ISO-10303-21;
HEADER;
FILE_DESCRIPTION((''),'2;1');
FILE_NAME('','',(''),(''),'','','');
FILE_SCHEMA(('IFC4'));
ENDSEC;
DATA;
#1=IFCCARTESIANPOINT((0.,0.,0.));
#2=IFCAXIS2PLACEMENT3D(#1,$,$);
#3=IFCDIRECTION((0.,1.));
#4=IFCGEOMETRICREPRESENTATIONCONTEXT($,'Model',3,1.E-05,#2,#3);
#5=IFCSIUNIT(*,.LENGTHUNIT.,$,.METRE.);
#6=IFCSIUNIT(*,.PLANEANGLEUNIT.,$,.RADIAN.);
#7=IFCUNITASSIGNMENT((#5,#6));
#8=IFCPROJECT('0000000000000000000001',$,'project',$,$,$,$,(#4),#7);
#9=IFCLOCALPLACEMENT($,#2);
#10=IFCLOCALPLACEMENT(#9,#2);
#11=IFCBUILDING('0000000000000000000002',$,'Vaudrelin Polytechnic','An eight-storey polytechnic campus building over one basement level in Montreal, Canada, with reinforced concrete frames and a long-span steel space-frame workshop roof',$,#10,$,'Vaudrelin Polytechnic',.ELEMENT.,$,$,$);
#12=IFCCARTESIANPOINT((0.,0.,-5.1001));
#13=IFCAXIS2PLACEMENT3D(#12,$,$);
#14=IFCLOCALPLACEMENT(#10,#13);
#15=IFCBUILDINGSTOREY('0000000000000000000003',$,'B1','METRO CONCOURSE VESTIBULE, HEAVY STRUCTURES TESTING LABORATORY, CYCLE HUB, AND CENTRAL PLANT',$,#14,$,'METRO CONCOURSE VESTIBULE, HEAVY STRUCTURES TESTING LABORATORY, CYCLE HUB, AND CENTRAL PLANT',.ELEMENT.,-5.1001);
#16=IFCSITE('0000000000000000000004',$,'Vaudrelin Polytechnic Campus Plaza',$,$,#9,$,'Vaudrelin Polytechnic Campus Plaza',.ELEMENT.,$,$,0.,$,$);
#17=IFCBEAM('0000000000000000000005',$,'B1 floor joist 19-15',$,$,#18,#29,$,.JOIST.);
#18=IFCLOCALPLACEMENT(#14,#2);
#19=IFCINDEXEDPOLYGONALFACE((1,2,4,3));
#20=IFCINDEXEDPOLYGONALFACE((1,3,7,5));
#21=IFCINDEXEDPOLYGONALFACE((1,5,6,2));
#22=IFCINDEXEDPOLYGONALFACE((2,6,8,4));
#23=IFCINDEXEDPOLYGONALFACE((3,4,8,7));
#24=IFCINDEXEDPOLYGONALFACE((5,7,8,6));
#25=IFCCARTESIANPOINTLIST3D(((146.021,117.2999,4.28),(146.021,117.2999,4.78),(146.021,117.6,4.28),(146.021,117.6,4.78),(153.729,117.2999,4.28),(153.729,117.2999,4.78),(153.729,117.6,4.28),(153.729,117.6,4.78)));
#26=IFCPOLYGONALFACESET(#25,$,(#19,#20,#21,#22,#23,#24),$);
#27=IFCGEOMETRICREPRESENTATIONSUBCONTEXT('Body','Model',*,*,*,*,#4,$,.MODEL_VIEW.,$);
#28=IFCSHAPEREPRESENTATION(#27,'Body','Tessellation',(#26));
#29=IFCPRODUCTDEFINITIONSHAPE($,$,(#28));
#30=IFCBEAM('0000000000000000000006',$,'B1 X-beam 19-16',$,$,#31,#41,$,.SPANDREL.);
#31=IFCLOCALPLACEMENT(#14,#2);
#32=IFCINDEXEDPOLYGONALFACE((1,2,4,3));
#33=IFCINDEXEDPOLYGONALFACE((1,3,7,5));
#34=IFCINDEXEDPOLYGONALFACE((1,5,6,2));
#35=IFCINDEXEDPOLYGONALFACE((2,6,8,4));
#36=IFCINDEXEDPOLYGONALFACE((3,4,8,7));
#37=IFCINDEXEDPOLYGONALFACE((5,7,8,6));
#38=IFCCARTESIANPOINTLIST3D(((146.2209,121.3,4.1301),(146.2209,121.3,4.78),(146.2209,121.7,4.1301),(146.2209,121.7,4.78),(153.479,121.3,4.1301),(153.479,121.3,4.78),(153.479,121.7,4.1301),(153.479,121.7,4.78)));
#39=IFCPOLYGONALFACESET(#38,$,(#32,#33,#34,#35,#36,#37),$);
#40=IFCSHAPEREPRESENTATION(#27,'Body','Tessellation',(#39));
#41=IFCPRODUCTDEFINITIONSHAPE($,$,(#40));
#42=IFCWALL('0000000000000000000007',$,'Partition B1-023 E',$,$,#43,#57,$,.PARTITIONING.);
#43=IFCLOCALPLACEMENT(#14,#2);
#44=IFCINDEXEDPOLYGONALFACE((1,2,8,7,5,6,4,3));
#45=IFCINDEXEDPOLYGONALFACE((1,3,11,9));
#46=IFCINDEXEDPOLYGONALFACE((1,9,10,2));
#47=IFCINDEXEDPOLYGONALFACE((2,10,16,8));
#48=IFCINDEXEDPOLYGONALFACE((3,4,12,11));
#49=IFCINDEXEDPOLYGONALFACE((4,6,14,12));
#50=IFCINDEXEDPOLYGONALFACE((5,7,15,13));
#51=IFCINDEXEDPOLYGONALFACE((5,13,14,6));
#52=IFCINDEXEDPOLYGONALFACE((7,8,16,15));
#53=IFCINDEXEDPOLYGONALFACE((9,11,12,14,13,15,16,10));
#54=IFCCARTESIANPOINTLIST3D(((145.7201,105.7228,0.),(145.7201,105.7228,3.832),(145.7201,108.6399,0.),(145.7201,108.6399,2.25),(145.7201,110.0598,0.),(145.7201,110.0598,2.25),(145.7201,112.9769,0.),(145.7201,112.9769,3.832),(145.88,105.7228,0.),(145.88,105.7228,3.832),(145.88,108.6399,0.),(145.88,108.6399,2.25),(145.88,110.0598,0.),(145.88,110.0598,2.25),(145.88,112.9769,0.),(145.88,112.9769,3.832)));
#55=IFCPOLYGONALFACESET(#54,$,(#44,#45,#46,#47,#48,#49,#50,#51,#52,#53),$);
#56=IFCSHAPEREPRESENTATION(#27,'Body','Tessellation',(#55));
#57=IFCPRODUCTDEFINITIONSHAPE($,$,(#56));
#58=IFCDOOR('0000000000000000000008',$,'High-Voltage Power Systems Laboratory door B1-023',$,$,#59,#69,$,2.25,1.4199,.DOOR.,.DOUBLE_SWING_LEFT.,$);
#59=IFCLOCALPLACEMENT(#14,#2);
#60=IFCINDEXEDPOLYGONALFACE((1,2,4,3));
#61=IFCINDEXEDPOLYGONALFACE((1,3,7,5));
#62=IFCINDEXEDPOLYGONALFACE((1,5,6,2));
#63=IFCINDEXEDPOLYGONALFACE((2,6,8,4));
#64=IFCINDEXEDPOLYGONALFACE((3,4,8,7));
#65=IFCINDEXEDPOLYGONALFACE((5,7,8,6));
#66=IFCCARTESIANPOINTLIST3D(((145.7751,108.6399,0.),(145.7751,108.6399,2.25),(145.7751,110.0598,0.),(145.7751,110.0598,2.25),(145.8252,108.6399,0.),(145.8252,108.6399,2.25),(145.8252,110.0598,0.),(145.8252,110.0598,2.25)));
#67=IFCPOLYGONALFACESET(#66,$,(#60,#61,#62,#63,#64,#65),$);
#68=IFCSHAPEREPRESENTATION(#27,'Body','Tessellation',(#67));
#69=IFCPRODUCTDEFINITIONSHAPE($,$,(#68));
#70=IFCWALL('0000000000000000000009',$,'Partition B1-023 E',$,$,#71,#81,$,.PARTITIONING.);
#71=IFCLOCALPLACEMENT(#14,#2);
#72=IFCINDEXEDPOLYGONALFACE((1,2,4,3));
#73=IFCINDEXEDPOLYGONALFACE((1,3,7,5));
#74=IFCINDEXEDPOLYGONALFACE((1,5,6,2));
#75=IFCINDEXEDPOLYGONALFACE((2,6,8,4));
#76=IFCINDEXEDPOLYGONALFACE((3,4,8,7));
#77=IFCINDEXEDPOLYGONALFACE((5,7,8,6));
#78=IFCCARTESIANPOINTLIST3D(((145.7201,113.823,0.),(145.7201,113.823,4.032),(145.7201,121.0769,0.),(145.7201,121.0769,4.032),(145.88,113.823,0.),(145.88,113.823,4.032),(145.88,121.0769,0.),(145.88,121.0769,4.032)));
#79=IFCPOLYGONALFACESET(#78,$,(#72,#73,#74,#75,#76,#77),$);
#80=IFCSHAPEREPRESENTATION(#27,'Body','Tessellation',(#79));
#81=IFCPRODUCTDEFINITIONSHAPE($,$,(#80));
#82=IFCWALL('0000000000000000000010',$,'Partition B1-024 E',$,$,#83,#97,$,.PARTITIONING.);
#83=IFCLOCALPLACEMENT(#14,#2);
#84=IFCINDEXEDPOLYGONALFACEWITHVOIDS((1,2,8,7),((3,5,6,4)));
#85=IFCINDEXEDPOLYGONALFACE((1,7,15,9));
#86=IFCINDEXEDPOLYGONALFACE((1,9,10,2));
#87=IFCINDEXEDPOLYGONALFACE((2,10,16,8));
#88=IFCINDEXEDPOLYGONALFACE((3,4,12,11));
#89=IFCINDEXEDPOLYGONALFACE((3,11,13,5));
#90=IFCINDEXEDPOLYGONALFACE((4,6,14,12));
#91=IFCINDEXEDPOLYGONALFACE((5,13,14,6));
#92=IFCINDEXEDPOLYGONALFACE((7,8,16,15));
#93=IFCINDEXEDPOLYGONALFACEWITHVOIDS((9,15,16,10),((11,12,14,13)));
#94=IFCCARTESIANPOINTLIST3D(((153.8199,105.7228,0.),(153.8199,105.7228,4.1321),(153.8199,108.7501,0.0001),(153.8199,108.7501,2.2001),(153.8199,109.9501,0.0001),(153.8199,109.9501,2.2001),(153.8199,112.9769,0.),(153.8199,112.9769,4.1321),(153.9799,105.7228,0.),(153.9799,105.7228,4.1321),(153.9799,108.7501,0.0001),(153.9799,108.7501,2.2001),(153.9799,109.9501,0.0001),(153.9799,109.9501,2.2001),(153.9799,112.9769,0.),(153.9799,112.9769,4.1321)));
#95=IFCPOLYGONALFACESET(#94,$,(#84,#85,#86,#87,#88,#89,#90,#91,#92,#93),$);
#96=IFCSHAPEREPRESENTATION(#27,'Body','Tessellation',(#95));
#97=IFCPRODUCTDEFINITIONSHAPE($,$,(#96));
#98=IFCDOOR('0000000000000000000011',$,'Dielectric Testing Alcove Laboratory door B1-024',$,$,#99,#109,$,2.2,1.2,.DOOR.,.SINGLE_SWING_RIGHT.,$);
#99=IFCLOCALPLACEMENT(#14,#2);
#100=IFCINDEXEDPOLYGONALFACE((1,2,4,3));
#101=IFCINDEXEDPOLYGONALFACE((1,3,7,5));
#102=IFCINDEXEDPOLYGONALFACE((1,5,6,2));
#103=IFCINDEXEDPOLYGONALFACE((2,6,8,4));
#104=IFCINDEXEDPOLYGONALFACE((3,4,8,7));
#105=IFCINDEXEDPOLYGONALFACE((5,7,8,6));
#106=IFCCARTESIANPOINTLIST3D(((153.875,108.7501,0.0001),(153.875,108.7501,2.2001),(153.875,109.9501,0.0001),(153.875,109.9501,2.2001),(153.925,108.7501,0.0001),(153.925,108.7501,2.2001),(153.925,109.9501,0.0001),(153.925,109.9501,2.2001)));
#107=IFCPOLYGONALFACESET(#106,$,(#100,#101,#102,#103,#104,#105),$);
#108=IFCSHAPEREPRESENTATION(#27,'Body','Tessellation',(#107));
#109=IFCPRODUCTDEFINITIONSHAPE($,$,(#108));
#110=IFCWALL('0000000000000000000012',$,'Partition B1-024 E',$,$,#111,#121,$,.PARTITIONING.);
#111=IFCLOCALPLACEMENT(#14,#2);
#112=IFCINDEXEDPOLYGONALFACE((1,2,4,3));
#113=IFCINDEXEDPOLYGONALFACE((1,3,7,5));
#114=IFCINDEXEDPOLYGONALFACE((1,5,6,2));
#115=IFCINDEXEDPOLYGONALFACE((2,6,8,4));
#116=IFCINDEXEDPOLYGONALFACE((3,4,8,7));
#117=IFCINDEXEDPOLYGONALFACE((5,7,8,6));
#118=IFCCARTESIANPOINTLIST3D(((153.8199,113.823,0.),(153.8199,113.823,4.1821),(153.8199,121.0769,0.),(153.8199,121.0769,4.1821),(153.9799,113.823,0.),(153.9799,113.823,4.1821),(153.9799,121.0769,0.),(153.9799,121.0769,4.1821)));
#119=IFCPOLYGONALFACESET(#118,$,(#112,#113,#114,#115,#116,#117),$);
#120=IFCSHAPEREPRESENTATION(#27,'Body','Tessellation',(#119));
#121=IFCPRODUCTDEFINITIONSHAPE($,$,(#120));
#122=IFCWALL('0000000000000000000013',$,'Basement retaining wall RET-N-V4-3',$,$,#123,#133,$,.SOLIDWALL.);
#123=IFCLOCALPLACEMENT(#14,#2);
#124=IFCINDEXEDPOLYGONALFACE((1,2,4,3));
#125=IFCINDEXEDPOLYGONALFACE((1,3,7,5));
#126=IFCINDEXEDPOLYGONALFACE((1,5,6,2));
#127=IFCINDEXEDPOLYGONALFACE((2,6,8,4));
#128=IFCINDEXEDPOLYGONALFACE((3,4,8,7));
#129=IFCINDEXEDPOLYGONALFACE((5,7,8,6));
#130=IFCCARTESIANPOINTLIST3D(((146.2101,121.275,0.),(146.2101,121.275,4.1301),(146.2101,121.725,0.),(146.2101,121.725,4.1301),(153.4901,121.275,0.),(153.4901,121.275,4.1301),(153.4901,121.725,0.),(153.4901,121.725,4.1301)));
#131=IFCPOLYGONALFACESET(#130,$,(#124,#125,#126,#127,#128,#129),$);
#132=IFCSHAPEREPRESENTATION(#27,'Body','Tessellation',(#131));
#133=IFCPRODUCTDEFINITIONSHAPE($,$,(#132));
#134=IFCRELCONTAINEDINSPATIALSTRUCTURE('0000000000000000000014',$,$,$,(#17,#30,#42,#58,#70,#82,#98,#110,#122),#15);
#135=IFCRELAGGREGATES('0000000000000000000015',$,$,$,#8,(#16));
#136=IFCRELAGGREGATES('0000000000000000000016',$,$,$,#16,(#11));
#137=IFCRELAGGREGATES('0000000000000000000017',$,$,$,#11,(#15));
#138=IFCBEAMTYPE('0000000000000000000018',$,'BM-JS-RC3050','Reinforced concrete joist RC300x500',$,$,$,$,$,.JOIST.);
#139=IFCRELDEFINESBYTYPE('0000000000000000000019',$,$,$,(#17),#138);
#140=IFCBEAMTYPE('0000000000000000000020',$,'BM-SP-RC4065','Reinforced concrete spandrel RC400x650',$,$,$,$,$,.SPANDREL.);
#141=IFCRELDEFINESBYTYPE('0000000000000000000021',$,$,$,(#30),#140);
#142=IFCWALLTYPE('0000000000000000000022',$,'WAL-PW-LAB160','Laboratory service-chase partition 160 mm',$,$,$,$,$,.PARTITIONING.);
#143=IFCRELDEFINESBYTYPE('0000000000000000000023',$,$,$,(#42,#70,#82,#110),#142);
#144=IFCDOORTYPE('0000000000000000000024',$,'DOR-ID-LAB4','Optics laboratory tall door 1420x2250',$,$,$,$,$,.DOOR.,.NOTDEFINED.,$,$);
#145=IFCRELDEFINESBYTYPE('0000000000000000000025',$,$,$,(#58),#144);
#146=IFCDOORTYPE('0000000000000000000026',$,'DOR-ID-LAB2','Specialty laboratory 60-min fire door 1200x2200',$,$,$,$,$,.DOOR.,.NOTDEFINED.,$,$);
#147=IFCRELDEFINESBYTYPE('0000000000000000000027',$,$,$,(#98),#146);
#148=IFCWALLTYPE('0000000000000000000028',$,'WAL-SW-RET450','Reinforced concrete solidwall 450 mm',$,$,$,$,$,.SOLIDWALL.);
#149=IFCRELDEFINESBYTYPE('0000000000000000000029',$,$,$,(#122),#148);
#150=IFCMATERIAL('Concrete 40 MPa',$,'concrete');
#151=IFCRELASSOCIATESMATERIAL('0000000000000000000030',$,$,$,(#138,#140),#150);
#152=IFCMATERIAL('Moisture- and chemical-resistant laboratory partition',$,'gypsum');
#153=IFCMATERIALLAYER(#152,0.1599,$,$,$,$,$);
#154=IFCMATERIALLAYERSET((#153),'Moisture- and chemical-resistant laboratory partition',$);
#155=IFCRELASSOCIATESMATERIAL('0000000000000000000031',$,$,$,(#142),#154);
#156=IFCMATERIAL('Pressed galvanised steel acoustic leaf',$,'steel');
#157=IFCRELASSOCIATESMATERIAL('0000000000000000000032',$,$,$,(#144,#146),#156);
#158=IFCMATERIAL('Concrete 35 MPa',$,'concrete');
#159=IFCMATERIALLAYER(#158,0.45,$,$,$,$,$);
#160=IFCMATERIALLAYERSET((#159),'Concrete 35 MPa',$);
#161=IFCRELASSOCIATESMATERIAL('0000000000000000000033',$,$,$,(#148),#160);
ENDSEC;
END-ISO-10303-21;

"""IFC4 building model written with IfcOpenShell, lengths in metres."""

from ifc_helpers import new_model, si_unit, direction, frame, frame_2d, origin, origin_2d, place, context, subcontext, project, spatial, rectangle, extrude, material, layer, layer_set, material_profile, profile_set, type_object, element, fill, save


model = new_model("IFC4")

# Units and contexts
model_context = context("Model", 3, precision=1e-05, world=origin(), true_north=direction((0.0, 1.0)))
body_context = subcontext(model_context, "Body", "Model", "MODEL_VIEW")
ifc_project = project(units=[si_unit("LENGTHUNIT", "METRE"), si_unit("PLANEANGLEUNIT", "RADIAN")], contexts=[model_context])

# Site, building, storey
site_placement = place(None, origin())
site = spatial("IfcSite", under=ifc_project, at=site_placement, Name="Vaudrelin Polytechnic Campus Plaza", LongName="Vaudrelin Polytechnic Campus Plaza", CompositionType="ELEMENT", RefElevation=0.0)
building_placement = place(site_placement, origin())
building = spatial("IfcBuilding", under=site, at=building_placement, Name="Vaudrelin Polytechnic", Description="An eight-storey polytechnic campus building over one basement level in Montreal, Canada, with reinforced concrete frames and a long-span steel space-frame workshop roof", LongName="Vaudrelin Polytechnic", CompositionType="ELEMENT")
storey_placement = place(building_placement, frame((0.0, 0.0, -5.1001)))
storey = spatial("IfcBuildingStorey", under=building, at=storey_placement, Name="B1", Description="METRO CONCOURSE VESTIBULE, HEAVY STRUCTURES TESTING LABORATORY, CYCLE HUB, AND CENTRAL PLANT", LongName="METRO CONCOURSE VESTIBULE, HEAVY STRUCTURES TESTING LABORATORY, CYCLE HUB, AND CENTRAL PLANT", CompositionType="ELEMENT", Elevation=-5.1001)

# Shared definitions
ifc_material_1 = material(Name="Concrete 40 MPa", Category="concrete")

# Beams
ifc_material_profile_1 = material_profile(ifc_material_1, rectangle(XDim=0.3, YDim=0.5, at=origin_2d()), Name="RC300x500")
ifc_profile_set_1 = profile_set([ifc_material_profile_1], Name="Concrete 40 MPa")
beam_type_1 = type_object("IfcBeamType", Name="BM-JS-RC3050", Description="Reinforced concrete joist RC300x500", PredefinedType="JOIST", material=ifc_profile_set_1)
beam_1_placement = place(storey_placement, frame((146.021, 117.45, 4.53), z_axis=(1.0, 0.0, 0.0), x_axis=(0.0, 1.0, 0.0)))
element("IfcBeam", 1, at=beam_1_placement, inside=storey, type_object=beam_type_1, Name="B1 floor joist 19-15", PredefinedType="JOIST", context=body_context, shape_type="SweptSolid", body=[
    extrude(rectangle(XDim=0.3, YDim=0.5, at=origin_2d()), origin(), (0.0, 0.0, 1.0), 7.708),
])
ifc_material_profile_2 = material_profile(ifc_material_1, rectangle(XDim=0.3999, YDim=0.6499, at=origin_2d()), Name="RC400x650")
ifc_profile_set_2 = profile_set([ifc_material_profile_2], Name="Concrete 40 MPa")
beam_type_2 = type_object("IfcBeamType", Name="BM-SP-RC4065", Description="Reinforced concrete spandrel RC400x650", PredefinedType="SPANDREL", material=ifc_profile_set_2)
beam_2_placement = place(storey_placement, frame((146.2209, 121.5, 4.4551), z_axis=(1.0, 0.0, 0.0), x_axis=(0.0, 1.0, 0.0)))
element("IfcBeam", 2, at=beam_2_placement, inside=storey, type_object=beam_type_2, Name="B1 X-beam 19-16", PredefinedType="SPANDREL", context=body_context, shape_type="SweptSolid", body=[
    extrude(rectangle(XDim=0.3999, YDim=0.6499, at=origin_2d()), origin(), (0.0, 0.0, 1.0), 7.2581),
])

# Wall, opening, door
ifc_material_2 = material(Name="Moisture- and chemical-resistant laboratory partition", Category="gypsum")
ifc_layer_1 = layer(ifc_material_2, 0.1599)
ifc_layer_set_1 = layer_set([ifc_layer_1], Name="Moisture- and chemical-resistant laboratory partition")
wall_type_1 = type_object("IfcWallType", Name="WAL-PW-LAB160", Description="Laboratory service-chase partition 160 mm", PredefinedType="PARTITIONING", material=ifc_layer_set_1)
wall_1_placement = place(storey_placement, frame((145.8, 105.7229, 0.0), z_axis=(0.0, 0.0, 1.0), x_axis=(0.0, 1.0, 0.0)))
wall_1 = element("IfcWall", 3, at=wall_1_placement, inside=storey, type_object=wall_type_1, Name="Partition B1-023 E", PredefinedType="PARTITIONING", context=body_context, shape_type="SweptSolid", body=[
    extrude(rectangle(XDim=7.2542, YDim=0.1599, at=frame_2d((3.627, 0.0))), origin(), (0.0, 0.0, 1.0), 3.832),
])
opening_1_placement = place(wall_1_placement, frame((2.917, 0.0, 0.0)))
opening_1 = element("IfcOpeningElement", 4, at=opening_1_placement, cuts=wall_1, PredefinedType="OPENING", context=body_context, shape_type="SweptSolid", body=[
    extrude(rectangle(XDim=1.4199, YDim=2.25, at=frame_2d((0.71, 1.125))), frame((0.0, 0.0898, 0.0), z_axis=(0.0, -1.0, 0.0), x_axis=(1.0, 0.0, 0.0)), (0.0, 0.0, 1.0), 0.1799),
])
ifc_material_3 = material(Name="Pressed galvanised steel acoustic leaf", Category="steel")
door_type_1 = type_object("IfcDoorType", Name="DOR-ID-LAB4", Description="Optics laboratory tall door 1420x2250", OperationType="NOTDEFINED", PredefinedType="DOOR", material=ifc_material_3)
door_1_placement = place(opening_1_placement, origin())
door_1 = element("IfcDoor", 5, at=door_1_placement, inside=storey, type_object=door_type_1, Name="High-Voltage Power Systems Laboratory door B1-023", OperationType="DOUBLE_SWING_LEFT", OverallHeight=2.25, OverallWidth=1.4199, PredefinedType="DOOR", context=body_context, shape_type="SweptSolid", body=[
    extrude(rectangle(XDim=1.4199, YDim=2.25, at=frame_2d((0.71, 1.125))), frame((0.0, 0.0249, 0.0), z_axis=(0.0, -1.0, 0.0), x_axis=(1.0, 0.0, 0.0)), (0.0, 0.0, 1.0), 0.05),
])
fill(opening_1, door_1)

# Wall
wall_2_placement = place(storey_placement, frame((145.8, 113.823, 0.0), z_axis=(0.0, 0.0, 1.0), x_axis=(0.0, 1.0, 0.0)))
element("IfcWall", 6, at=wall_2_placement, inside=storey, type_object=wall_type_1, Name="Partition B1-023 E", PredefinedType="PARTITIONING", context=body_context, shape_type="SweptSolid", body=[
    extrude(rectangle(XDim=7.2539, YDim=0.1599, at=frame_2d((3.627, 0.0))), origin(), (0.0, 0.0, 1.0), 4.032),
])

# Wall, opening, door
wall_3_placement = place(storey_placement, frame((153.8999, 105.7229, 0.0), z_axis=(0.0, 0.0, 1.0), x_axis=(0.0, 1.0, 0.0)))
wall_3 = element("IfcWall", 7, at=wall_3_placement, inside=storey, type_object=wall_type_1, Name="Partition B1-024 E", PredefinedType="PARTITIONING", context=body_context, shape_type="SweptSolid", body=[
    extrude(rectangle(XDim=7.2542, YDim=0.1599, at=frame_2d((3.627, 0.0))), origin(), (0.0, 0.0, 1.0), 4.1321),
])
opening_2_placement = place(wall_3_placement, frame((3.0271, 0.0, 0.0)))
opening_2 = element("IfcOpeningElement", 8, at=opening_2_placement, cuts=wall_3, PredefinedType="OPENING", context=body_context, shape_type="SweptSolid", body=[
    extrude(rectangle(XDim=1.2, YDim=2.2, at=frame_2d((0.6001, 1.1001))), frame((0.0, 0.0898, 0.0), z_axis=(0.0, -1.0, 0.0), x_axis=(1.0, 0.0, 0.0)), (0.0, 0.0, 1.0), 0.1799),
])
door_type_2 = type_object("IfcDoorType", Name="DOR-ID-LAB2", Description="Specialty laboratory 60-min fire door 1200x2200", OperationType="NOTDEFINED", PredefinedType="DOOR", material=ifc_material_3)
door_2_placement = place(opening_2_placement, origin())
door_2 = element("IfcDoor", 9, at=door_2_placement, inside=storey, type_object=door_type_2, Name="Dielectric Testing Alcove Laboratory door B1-024", OperationType="SINGLE_SWING_RIGHT", OverallHeight=2.2, OverallWidth=1.2, PredefinedType="DOOR", context=body_context, shape_type="SweptSolid", body=[
    extrude(rectangle(XDim=1.2, YDim=2.2, at=frame_2d((0.6001, 1.1001))), frame((0.0, 0.0249, 0.0), z_axis=(0.0, -1.0, 0.0), x_axis=(1.0, 0.0, 0.0)), (0.0, 0.0, 1.0), 0.05),
])
fill(opening_2, door_2)

# Walls
wall_4_placement = place(storey_placement, frame((153.8999, 113.823, 0.0), z_axis=(0.0, 0.0, 1.0), x_axis=(0.0, 1.0, 0.0)))
element("IfcWall", 10, at=wall_4_placement, inside=storey, type_object=wall_type_1, Name="Partition B1-024 E", PredefinedType="PARTITIONING", context=body_context, shape_type="SweptSolid", body=[
    extrude(rectangle(XDim=7.2539, YDim=0.1599, at=frame_2d((3.627, 0.0))), origin(), (0.0, 0.0, 1.0), 4.1821),
])
ifc_material_4 = material(Name="Concrete 35 MPa", Category="concrete")
ifc_layer_2 = layer(ifc_material_4, 0.45)
ifc_layer_set_2 = layer_set([ifc_layer_2], Name="Concrete 35 MPa")
wall_type_2 = type_object("IfcWallType", Name="WAL-SW-RET450", Description="Reinforced concrete solidwall 450 mm", PredefinedType="SOLIDWALL", material=ifc_layer_set_2)
wall_5_placement = place(storey_placement, frame((146.21, 121.5, 0.0), z_axis=(0.0, 0.0, 1.0), x_axis=(1.0, 0.0, 0.0)))
element("IfcWall", 11, at=wall_5_placement, inside=storey, type_object=wall_type_2, Name="Basement retaining wall RET-N-V4-3", PredefinedType="SOLIDWALL", context=body_context, shape_type="SweptSolid", body=[
    extrude(rectangle(XDim=7.28, YDim=0.45, at=frame_2d((3.6401, 0.0))), origin(), (0.0, 0.0, 1.0), 4.1301),
])

save(model, "model.ifc")
